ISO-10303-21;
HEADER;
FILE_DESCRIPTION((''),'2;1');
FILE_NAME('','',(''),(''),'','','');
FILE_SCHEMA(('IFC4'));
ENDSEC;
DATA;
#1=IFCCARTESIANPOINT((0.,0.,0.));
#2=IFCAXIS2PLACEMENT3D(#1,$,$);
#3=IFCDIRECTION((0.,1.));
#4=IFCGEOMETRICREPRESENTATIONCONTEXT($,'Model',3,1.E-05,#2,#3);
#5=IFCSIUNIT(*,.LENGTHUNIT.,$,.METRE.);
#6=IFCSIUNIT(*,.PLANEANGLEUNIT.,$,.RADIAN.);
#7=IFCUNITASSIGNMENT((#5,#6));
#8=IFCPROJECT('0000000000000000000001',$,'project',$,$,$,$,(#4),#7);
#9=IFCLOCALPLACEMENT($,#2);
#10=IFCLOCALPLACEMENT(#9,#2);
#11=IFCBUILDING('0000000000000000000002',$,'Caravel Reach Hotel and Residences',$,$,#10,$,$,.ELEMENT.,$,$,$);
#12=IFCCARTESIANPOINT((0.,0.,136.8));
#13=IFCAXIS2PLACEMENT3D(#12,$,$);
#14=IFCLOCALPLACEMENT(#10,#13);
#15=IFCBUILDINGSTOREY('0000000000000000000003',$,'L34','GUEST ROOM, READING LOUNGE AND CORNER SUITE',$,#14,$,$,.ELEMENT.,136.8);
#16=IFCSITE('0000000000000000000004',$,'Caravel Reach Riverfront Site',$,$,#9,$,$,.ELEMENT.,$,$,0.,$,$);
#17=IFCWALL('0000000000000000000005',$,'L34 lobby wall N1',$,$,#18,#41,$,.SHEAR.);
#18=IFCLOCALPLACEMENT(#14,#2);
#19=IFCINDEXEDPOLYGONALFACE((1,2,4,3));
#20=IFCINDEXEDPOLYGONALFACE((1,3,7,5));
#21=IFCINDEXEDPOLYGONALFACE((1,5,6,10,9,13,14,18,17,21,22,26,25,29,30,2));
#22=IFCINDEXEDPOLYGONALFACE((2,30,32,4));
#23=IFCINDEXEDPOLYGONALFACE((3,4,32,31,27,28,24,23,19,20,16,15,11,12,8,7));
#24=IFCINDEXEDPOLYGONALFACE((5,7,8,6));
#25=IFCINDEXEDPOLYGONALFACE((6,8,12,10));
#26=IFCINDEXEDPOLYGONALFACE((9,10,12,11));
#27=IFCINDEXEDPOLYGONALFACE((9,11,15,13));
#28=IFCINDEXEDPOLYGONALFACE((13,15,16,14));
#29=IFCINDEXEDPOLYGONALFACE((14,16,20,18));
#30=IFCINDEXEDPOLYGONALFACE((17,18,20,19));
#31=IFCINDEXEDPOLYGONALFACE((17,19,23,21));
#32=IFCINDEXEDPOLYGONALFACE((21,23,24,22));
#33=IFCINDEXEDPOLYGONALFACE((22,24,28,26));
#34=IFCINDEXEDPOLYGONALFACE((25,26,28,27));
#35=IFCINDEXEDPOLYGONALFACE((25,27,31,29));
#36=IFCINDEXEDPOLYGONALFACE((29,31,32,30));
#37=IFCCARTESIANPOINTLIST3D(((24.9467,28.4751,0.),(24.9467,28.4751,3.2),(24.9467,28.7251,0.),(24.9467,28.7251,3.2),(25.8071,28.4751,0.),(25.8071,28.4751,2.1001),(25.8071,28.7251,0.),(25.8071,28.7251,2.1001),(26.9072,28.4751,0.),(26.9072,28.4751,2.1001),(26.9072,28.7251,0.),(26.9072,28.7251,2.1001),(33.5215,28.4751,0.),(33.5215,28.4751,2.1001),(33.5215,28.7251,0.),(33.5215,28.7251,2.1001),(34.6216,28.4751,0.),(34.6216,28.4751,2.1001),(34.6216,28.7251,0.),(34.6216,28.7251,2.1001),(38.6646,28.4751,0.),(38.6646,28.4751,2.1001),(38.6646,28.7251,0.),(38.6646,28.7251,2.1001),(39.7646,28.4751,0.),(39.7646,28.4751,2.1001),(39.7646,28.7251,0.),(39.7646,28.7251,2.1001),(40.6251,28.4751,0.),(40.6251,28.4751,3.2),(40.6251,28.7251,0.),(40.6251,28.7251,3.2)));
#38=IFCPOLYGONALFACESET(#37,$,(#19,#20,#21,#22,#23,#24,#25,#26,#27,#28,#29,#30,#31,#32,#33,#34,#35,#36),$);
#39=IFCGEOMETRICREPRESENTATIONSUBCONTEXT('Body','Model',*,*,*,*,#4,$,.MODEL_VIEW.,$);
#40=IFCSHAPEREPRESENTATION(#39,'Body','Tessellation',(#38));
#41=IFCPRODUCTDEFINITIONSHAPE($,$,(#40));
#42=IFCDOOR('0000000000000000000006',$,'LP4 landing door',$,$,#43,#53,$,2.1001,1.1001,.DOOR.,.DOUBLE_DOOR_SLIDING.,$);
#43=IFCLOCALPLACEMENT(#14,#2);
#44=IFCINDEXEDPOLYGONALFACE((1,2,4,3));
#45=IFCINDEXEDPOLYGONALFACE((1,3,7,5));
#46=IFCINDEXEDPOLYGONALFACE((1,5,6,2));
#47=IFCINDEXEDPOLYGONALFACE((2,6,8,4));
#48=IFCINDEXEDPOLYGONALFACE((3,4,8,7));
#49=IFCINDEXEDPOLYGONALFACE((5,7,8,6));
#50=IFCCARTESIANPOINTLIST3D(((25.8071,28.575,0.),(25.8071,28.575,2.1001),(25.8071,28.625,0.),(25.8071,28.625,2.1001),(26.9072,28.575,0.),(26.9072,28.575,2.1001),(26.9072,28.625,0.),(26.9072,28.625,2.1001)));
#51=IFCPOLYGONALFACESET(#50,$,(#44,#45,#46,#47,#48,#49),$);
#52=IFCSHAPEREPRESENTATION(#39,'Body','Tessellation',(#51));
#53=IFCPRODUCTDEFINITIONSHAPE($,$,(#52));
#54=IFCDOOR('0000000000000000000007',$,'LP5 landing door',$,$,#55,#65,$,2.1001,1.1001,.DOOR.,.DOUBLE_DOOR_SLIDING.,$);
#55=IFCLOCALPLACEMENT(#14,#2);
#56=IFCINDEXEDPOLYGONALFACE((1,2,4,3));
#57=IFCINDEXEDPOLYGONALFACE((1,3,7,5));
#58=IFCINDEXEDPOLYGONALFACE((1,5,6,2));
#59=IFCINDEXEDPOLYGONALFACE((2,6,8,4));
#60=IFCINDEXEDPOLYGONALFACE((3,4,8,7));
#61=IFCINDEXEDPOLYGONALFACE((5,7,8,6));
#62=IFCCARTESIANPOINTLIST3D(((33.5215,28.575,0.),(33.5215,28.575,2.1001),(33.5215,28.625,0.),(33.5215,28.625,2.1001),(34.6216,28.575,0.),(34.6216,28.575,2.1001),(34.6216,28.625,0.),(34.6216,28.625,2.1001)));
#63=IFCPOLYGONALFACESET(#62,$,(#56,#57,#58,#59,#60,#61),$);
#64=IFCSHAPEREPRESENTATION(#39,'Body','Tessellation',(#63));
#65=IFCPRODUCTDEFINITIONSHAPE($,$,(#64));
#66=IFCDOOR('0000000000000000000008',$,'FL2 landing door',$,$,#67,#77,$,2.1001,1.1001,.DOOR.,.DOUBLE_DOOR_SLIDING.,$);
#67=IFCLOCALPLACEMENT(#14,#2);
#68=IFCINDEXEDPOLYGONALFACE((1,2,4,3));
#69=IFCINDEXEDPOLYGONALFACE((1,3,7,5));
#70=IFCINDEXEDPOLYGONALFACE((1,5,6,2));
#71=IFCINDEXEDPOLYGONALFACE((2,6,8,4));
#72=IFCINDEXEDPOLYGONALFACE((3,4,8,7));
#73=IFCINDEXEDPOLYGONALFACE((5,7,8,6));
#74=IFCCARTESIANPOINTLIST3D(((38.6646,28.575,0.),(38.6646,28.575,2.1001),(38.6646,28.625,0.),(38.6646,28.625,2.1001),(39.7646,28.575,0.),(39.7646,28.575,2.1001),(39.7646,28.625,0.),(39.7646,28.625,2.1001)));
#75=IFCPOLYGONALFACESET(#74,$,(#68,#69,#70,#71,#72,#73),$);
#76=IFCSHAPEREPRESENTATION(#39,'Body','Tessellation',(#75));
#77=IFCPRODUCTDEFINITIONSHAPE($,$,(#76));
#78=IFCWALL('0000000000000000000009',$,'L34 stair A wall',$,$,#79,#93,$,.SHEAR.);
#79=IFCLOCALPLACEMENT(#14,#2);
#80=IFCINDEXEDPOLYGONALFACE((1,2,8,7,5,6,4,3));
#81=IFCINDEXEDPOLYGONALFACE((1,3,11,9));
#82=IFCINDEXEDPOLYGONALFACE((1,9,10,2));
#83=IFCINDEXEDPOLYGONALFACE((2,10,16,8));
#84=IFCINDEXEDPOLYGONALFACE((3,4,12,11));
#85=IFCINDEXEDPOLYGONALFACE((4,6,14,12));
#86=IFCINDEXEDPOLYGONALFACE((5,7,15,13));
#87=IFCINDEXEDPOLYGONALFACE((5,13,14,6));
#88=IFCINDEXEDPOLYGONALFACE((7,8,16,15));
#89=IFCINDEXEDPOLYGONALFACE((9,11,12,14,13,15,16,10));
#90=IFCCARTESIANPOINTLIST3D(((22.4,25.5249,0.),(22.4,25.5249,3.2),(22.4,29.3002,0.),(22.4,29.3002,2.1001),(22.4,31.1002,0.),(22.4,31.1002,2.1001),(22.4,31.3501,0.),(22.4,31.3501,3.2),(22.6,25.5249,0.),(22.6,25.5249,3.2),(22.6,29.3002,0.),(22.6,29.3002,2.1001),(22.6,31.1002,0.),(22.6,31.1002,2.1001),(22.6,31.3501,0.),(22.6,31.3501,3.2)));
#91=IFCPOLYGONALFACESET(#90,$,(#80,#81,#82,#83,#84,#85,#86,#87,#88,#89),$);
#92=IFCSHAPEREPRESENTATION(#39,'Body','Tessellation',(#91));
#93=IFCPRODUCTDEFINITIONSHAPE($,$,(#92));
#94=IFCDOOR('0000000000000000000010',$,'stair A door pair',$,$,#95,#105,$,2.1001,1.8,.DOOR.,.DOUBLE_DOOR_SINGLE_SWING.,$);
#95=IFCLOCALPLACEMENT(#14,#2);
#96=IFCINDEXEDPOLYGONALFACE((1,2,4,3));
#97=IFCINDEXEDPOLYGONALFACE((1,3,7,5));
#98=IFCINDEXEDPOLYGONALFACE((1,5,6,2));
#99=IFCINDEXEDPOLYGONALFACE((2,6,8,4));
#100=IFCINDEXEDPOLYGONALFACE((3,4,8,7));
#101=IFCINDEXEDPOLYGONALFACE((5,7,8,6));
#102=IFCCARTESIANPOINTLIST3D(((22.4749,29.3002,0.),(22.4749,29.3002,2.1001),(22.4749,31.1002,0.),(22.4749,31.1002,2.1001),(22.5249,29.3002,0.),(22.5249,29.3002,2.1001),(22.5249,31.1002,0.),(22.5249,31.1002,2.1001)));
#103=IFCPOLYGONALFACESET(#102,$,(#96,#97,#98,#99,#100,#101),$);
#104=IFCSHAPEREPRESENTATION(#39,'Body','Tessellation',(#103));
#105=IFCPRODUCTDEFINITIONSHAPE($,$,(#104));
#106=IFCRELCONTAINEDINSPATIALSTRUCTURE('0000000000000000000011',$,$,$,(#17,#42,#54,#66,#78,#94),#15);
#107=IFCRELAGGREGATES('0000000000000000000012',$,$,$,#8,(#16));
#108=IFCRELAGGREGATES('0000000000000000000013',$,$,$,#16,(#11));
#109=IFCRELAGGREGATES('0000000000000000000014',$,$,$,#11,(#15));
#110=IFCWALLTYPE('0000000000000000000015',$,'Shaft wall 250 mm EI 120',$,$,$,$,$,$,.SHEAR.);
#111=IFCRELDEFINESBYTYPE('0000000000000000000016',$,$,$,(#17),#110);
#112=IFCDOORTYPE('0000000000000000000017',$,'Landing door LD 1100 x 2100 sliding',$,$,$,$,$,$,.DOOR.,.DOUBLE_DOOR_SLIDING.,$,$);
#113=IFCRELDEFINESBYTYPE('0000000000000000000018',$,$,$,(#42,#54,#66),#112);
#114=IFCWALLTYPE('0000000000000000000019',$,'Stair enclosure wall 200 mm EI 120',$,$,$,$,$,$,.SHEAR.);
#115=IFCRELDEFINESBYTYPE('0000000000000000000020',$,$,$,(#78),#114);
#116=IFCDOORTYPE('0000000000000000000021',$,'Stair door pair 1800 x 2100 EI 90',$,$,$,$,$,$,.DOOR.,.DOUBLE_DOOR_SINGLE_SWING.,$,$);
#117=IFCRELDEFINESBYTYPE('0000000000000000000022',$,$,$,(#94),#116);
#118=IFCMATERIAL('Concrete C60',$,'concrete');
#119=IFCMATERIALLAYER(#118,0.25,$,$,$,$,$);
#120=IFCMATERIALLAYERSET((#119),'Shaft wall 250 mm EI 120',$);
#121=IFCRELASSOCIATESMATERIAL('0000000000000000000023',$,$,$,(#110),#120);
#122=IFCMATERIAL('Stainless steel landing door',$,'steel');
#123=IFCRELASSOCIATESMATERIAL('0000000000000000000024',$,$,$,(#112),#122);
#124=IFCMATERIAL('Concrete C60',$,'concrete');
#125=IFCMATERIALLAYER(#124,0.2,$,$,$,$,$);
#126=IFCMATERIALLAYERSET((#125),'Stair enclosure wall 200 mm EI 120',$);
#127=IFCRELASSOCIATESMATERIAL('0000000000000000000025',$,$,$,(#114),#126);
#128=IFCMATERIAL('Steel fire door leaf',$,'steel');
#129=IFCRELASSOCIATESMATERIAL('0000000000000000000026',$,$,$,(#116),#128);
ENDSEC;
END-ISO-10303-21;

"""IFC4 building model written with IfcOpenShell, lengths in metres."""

from ifc_helpers import new_model, si_unit, direction, frame, frame_2d, origin, place, context, subcontext, project, spatial, rectangle, extrude, material, layer, layer_set, type_object, element, fill, save


model = new_model("IFC4")

# Units and contexts
model_context = context("Model", 3, precision=1e-05, world=origin(), true_north=direction((0.0, 1.0)))
body_context = subcontext(model_context, "Body", "Model", "MODEL_VIEW")
ifc_project = project(units=[si_unit("LENGTHUNIT", "METRE"), si_unit("PLANEANGLEUNIT", "RADIAN")], contexts=[model_context])

# Site, building, storey
site_placement = place(None, origin())
site = spatial("IfcSite", under=ifc_project, at=site_placement, Name="Caravel Reach Riverfront Site", CompositionType="ELEMENT", RefElevation=0.0)
building_placement = place(site_placement, origin())
building = spatial("IfcBuilding", under=site, at=building_placement, Name="Caravel Reach Hotel and Residences", CompositionType="ELEMENT")
storey_placement = place(building_placement, frame((0.0, 0.0, 136.8)))
storey = spatial("IfcBuildingStorey", under=building, at=storey_placement, Name="L34", Description="GUEST ROOM, READING LOUNGE AND CORNER SUITE", CompositionType="ELEMENT", Elevation=136.8)

# Wall, openings, doors
ifc_material_1 = material(Name="Concrete C60", Category="concrete")
ifc_layer_1 = layer(ifc_material_1, 0.25)
ifc_layer_set_1 = layer_set([ifc_layer_1], Name="Shaft wall 250 mm EI 120")
wall_type_1 = type_object("IfcWallType", Name="Shaft wall 250 mm EI 120", PredefinedType="SHEAR", material=ifc_layer_set_1)
wall_1_placement = place(storey_placement, frame((24.9465, 28.6001, 0.0), z_axis=(0.0, 0.0, 1.0), x_axis=(1.0, 0.0, 0.0)))
wall_1 = element("IfcWall", 1, at=wall_1_placement, inside=storey, type_object=wall_type_1, Name="L34 lobby wall N1", PredefinedType="SHEAR", context=body_context, shape_type="SweptSolid", body=[
    extrude(rectangle(XDim=15.6785, YDim=0.25, at=frame_2d((7.8394, 0.0))), origin(), (0.0, 0.0, 1.0), 3.2),
])
opening_1_placement = place(wall_1_placement, frame((0.8606, 0.0, 0.0)))
opening_1 = element("IfcOpeningElement", 2, at=opening_1_placement, cuts=wall_1, PredefinedType="OPENING", context=body_context, shape_type="SweptSolid", body=[
    extrude(rectangle(XDim=1.1001, YDim=2.1001, at=frame_2d((0.55, 1.05))), frame((0.0, 0.135, 0.0), z_axis=(0.0, -1.0, 0.0), x_axis=(1.0, 0.0, 0.0)), (0.0, 0.0, 1.0), 0.27),
])
opening_2_placement = place(wall_1_placement, frame((8.575, 0.0, 0.0)))
opening_2 = element("IfcOpeningElement", 3, at=opening_2_placement, cuts=wall_1, PredefinedType="OPENING", context=body_context, shape_type="SweptSolid", body=[
    extrude(rectangle(XDim=1.1001, YDim=2.1001, at=frame_2d((0.55, 1.05))), frame((0.0, 0.135, 0.0), z_axis=(0.0, -1.0, 0.0), x_axis=(1.0, 0.0, 0.0)), (0.0, 0.0, 1.0), 0.27),
])
opening_3_placement = place(wall_1_placement, frame((13.718, 0.0, 0.0)))
opening_3 = element("IfcOpeningElement", 4, at=opening_3_placement, cuts=wall_1, PredefinedType="OPENING", context=body_context, shape_type="SweptSolid", body=[
    extrude(rectangle(XDim=1.1001, YDim=2.1001, at=frame_2d((0.55, 1.05))), frame((0.0, 0.135, 0.0), z_axis=(0.0, -1.0, 0.0), x_axis=(1.0, 0.0, 0.0)), (0.0, 0.0, 1.0), 0.27),
])
ifc_material_2 = material(Name="Stainless steel landing door", Category="steel")
door_type_1 = type_object("IfcDoorType", Name="Landing door LD 1100 x 2100 sliding", OperationType="DOUBLE_DOOR_SLIDING", PredefinedType="DOOR", material=ifc_material_2)
door_1_placement = place(opening_1_placement, origin())
door_1 = element("IfcDoor", 5, at=door_1_placement, inside=storey, type_object=door_type_1, Name="LP4 landing door", OperationType="DOUBLE_DOOR_SLIDING", OverallHeight=2.1001, OverallWidth=1.1001, PredefinedType="DOOR", context=body_context, shape_type="SweptSolid", body=[
    extrude(rectangle(XDim=1.1001, YDim=2.1001, at=frame_2d((0.55, 1.05))), frame((0.0, 0.0249, 0.0), z_axis=(0.0, -1.0, 0.0), x_axis=(1.0, 0.0, 0.0)), (0.0, 0.0, 1.0), 0.05),
])
fill(opening_1, door_1)
door_2_placement = place(opening_2_placement, origin())
door_2 = element("IfcDoor", 6, at=door_2_placement, inside=storey, type_object=door_type_1, Name="LP5 landing door", OperationType="DOUBLE_DOOR_SLIDING", OverallHeight=2.1001, OverallWidth=1.1001, PredefinedType="DOOR", context=body_context, shape_type="SweptSolid", body=[
    extrude(rectangle(XDim=1.1001, YDim=2.1001, at=frame_2d((0.55, 1.05))), frame((0.0, 0.0249, 0.0), z_axis=(0.0, -1.0, 0.0), x_axis=(1.0, 0.0, 0.0)), (0.0, 0.0, 1.0), 0.05),
])
fill(opening_2, door_2)
door_3_placement = place(opening_3_placement, origin())
door_3 = element("IfcDoor", 7, at=door_3_placement, inside=storey, type_object=door_type_1, Name="FL2 landing door", OperationType="DOUBLE_DOOR_SLIDING", OverallHeight=2.1001, OverallWidth=1.1001, PredefinedType="DOOR", context=body_context, shape_type="SweptSolid", body=[
    extrude(rectangle(XDim=1.1001, YDim=2.1001, at=frame_2d((0.55, 1.05))), frame((0.0, 0.0249, 0.0), z_axis=(0.0, -1.0, 0.0), x_axis=(1.0, 0.0, 0.0)), (0.0, 0.0, 1.0), 0.05),
])
fill(opening_3, door_3)

# Wall, opening, door
ifc_material_3 = material(Name="Concrete C60", Category="concrete")
ifc_layer_2 = layer(ifc_material_3, 0.2)
ifc_layer_set_2 = layer_set([ifc_layer_2], Name="Stair enclosure wall 200 mm EI 120")
wall_type_2 = type_object("IfcWallType", Name="Stair enclosure wall 200 mm EI 120", PredefinedType="SHEAR", material=ifc_layer_set_2)
wall_2_placement = place(storey_placement, frame((22.5, 31.3501, 0.0), z_axis=(0.0, 0.0, 1.0), x_axis=(0.0, -1.0, 0.0)))
wall_2 = element("IfcWall", 8, at=wall_2_placement, inside=storey, type_object=wall_type_2, Name="L34 stair A wall", PredefinedType="SHEAR", context=body_context, shape_type="SweptSolid", body=[
    extrude(rectangle(XDim=5.8252, YDim=0.2, at=frame_2d((2.9126, 0.0))), origin(), (0.0, 0.0, 1.0), 3.2),
])
opening_4_placement = place(wall_2_placement, frame((0.25, 0.0, 0.0)))
opening_4 = element("IfcOpeningElement", 9, at=opening_4_placement, cuts=wall_2, PredefinedType="OPENING", context=body_context, shape_type="SweptSolid", body=[
    extrude(rectangle(XDim=1.8, YDim=2.1001, at=frame_2d((0.8999, 1.05))), frame((0.0, 0.1099, 0.0), z_axis=(0.0, -1.0, 0.0), x_axis=(1.0, 0.0, 0.0)), (0.0, 0.0, 1.0), 0.22),
])
ifc_material_4 = material(Name="Steel fire door leaf", Category="steel")
door_type_2 = type_object("IfcDoorType", Name="Stair door pair 1800 x 2100 EI 90", OperationType="DOUBLE_DOOR_SINGLE_SWING", PredefinedType="DOOR", material=ifc_material_4)
door_4_placement = place(opening_4_placement, origin())
door_4 = element("IfcDoor", 10, at=door_4_placement, inside=storey, type_object=door_type_2, Name="stair A door pair", OperationType="DOUBLE_DOOR_SINGLE_SWING", OverallHeight=2.1001, OverallWidth=1.8, PredefinedType="DOOR", context=body_context, shape_type="SweptSolid", body=[
    extrude(rectangle(XDim=1.8, YDim=2.1001, at=frame_2d((0.8999, 1.05))), frame((0.0, 0.0249, 0.0), z_axis=(0.0, -1.0, 0.0), x_axis=(1.0, 0.0, 0.0)), (0.0, 0.0, 1.0), 0.05),
])
fill(opening_4, door_4)

save(model, "model.ifc")
